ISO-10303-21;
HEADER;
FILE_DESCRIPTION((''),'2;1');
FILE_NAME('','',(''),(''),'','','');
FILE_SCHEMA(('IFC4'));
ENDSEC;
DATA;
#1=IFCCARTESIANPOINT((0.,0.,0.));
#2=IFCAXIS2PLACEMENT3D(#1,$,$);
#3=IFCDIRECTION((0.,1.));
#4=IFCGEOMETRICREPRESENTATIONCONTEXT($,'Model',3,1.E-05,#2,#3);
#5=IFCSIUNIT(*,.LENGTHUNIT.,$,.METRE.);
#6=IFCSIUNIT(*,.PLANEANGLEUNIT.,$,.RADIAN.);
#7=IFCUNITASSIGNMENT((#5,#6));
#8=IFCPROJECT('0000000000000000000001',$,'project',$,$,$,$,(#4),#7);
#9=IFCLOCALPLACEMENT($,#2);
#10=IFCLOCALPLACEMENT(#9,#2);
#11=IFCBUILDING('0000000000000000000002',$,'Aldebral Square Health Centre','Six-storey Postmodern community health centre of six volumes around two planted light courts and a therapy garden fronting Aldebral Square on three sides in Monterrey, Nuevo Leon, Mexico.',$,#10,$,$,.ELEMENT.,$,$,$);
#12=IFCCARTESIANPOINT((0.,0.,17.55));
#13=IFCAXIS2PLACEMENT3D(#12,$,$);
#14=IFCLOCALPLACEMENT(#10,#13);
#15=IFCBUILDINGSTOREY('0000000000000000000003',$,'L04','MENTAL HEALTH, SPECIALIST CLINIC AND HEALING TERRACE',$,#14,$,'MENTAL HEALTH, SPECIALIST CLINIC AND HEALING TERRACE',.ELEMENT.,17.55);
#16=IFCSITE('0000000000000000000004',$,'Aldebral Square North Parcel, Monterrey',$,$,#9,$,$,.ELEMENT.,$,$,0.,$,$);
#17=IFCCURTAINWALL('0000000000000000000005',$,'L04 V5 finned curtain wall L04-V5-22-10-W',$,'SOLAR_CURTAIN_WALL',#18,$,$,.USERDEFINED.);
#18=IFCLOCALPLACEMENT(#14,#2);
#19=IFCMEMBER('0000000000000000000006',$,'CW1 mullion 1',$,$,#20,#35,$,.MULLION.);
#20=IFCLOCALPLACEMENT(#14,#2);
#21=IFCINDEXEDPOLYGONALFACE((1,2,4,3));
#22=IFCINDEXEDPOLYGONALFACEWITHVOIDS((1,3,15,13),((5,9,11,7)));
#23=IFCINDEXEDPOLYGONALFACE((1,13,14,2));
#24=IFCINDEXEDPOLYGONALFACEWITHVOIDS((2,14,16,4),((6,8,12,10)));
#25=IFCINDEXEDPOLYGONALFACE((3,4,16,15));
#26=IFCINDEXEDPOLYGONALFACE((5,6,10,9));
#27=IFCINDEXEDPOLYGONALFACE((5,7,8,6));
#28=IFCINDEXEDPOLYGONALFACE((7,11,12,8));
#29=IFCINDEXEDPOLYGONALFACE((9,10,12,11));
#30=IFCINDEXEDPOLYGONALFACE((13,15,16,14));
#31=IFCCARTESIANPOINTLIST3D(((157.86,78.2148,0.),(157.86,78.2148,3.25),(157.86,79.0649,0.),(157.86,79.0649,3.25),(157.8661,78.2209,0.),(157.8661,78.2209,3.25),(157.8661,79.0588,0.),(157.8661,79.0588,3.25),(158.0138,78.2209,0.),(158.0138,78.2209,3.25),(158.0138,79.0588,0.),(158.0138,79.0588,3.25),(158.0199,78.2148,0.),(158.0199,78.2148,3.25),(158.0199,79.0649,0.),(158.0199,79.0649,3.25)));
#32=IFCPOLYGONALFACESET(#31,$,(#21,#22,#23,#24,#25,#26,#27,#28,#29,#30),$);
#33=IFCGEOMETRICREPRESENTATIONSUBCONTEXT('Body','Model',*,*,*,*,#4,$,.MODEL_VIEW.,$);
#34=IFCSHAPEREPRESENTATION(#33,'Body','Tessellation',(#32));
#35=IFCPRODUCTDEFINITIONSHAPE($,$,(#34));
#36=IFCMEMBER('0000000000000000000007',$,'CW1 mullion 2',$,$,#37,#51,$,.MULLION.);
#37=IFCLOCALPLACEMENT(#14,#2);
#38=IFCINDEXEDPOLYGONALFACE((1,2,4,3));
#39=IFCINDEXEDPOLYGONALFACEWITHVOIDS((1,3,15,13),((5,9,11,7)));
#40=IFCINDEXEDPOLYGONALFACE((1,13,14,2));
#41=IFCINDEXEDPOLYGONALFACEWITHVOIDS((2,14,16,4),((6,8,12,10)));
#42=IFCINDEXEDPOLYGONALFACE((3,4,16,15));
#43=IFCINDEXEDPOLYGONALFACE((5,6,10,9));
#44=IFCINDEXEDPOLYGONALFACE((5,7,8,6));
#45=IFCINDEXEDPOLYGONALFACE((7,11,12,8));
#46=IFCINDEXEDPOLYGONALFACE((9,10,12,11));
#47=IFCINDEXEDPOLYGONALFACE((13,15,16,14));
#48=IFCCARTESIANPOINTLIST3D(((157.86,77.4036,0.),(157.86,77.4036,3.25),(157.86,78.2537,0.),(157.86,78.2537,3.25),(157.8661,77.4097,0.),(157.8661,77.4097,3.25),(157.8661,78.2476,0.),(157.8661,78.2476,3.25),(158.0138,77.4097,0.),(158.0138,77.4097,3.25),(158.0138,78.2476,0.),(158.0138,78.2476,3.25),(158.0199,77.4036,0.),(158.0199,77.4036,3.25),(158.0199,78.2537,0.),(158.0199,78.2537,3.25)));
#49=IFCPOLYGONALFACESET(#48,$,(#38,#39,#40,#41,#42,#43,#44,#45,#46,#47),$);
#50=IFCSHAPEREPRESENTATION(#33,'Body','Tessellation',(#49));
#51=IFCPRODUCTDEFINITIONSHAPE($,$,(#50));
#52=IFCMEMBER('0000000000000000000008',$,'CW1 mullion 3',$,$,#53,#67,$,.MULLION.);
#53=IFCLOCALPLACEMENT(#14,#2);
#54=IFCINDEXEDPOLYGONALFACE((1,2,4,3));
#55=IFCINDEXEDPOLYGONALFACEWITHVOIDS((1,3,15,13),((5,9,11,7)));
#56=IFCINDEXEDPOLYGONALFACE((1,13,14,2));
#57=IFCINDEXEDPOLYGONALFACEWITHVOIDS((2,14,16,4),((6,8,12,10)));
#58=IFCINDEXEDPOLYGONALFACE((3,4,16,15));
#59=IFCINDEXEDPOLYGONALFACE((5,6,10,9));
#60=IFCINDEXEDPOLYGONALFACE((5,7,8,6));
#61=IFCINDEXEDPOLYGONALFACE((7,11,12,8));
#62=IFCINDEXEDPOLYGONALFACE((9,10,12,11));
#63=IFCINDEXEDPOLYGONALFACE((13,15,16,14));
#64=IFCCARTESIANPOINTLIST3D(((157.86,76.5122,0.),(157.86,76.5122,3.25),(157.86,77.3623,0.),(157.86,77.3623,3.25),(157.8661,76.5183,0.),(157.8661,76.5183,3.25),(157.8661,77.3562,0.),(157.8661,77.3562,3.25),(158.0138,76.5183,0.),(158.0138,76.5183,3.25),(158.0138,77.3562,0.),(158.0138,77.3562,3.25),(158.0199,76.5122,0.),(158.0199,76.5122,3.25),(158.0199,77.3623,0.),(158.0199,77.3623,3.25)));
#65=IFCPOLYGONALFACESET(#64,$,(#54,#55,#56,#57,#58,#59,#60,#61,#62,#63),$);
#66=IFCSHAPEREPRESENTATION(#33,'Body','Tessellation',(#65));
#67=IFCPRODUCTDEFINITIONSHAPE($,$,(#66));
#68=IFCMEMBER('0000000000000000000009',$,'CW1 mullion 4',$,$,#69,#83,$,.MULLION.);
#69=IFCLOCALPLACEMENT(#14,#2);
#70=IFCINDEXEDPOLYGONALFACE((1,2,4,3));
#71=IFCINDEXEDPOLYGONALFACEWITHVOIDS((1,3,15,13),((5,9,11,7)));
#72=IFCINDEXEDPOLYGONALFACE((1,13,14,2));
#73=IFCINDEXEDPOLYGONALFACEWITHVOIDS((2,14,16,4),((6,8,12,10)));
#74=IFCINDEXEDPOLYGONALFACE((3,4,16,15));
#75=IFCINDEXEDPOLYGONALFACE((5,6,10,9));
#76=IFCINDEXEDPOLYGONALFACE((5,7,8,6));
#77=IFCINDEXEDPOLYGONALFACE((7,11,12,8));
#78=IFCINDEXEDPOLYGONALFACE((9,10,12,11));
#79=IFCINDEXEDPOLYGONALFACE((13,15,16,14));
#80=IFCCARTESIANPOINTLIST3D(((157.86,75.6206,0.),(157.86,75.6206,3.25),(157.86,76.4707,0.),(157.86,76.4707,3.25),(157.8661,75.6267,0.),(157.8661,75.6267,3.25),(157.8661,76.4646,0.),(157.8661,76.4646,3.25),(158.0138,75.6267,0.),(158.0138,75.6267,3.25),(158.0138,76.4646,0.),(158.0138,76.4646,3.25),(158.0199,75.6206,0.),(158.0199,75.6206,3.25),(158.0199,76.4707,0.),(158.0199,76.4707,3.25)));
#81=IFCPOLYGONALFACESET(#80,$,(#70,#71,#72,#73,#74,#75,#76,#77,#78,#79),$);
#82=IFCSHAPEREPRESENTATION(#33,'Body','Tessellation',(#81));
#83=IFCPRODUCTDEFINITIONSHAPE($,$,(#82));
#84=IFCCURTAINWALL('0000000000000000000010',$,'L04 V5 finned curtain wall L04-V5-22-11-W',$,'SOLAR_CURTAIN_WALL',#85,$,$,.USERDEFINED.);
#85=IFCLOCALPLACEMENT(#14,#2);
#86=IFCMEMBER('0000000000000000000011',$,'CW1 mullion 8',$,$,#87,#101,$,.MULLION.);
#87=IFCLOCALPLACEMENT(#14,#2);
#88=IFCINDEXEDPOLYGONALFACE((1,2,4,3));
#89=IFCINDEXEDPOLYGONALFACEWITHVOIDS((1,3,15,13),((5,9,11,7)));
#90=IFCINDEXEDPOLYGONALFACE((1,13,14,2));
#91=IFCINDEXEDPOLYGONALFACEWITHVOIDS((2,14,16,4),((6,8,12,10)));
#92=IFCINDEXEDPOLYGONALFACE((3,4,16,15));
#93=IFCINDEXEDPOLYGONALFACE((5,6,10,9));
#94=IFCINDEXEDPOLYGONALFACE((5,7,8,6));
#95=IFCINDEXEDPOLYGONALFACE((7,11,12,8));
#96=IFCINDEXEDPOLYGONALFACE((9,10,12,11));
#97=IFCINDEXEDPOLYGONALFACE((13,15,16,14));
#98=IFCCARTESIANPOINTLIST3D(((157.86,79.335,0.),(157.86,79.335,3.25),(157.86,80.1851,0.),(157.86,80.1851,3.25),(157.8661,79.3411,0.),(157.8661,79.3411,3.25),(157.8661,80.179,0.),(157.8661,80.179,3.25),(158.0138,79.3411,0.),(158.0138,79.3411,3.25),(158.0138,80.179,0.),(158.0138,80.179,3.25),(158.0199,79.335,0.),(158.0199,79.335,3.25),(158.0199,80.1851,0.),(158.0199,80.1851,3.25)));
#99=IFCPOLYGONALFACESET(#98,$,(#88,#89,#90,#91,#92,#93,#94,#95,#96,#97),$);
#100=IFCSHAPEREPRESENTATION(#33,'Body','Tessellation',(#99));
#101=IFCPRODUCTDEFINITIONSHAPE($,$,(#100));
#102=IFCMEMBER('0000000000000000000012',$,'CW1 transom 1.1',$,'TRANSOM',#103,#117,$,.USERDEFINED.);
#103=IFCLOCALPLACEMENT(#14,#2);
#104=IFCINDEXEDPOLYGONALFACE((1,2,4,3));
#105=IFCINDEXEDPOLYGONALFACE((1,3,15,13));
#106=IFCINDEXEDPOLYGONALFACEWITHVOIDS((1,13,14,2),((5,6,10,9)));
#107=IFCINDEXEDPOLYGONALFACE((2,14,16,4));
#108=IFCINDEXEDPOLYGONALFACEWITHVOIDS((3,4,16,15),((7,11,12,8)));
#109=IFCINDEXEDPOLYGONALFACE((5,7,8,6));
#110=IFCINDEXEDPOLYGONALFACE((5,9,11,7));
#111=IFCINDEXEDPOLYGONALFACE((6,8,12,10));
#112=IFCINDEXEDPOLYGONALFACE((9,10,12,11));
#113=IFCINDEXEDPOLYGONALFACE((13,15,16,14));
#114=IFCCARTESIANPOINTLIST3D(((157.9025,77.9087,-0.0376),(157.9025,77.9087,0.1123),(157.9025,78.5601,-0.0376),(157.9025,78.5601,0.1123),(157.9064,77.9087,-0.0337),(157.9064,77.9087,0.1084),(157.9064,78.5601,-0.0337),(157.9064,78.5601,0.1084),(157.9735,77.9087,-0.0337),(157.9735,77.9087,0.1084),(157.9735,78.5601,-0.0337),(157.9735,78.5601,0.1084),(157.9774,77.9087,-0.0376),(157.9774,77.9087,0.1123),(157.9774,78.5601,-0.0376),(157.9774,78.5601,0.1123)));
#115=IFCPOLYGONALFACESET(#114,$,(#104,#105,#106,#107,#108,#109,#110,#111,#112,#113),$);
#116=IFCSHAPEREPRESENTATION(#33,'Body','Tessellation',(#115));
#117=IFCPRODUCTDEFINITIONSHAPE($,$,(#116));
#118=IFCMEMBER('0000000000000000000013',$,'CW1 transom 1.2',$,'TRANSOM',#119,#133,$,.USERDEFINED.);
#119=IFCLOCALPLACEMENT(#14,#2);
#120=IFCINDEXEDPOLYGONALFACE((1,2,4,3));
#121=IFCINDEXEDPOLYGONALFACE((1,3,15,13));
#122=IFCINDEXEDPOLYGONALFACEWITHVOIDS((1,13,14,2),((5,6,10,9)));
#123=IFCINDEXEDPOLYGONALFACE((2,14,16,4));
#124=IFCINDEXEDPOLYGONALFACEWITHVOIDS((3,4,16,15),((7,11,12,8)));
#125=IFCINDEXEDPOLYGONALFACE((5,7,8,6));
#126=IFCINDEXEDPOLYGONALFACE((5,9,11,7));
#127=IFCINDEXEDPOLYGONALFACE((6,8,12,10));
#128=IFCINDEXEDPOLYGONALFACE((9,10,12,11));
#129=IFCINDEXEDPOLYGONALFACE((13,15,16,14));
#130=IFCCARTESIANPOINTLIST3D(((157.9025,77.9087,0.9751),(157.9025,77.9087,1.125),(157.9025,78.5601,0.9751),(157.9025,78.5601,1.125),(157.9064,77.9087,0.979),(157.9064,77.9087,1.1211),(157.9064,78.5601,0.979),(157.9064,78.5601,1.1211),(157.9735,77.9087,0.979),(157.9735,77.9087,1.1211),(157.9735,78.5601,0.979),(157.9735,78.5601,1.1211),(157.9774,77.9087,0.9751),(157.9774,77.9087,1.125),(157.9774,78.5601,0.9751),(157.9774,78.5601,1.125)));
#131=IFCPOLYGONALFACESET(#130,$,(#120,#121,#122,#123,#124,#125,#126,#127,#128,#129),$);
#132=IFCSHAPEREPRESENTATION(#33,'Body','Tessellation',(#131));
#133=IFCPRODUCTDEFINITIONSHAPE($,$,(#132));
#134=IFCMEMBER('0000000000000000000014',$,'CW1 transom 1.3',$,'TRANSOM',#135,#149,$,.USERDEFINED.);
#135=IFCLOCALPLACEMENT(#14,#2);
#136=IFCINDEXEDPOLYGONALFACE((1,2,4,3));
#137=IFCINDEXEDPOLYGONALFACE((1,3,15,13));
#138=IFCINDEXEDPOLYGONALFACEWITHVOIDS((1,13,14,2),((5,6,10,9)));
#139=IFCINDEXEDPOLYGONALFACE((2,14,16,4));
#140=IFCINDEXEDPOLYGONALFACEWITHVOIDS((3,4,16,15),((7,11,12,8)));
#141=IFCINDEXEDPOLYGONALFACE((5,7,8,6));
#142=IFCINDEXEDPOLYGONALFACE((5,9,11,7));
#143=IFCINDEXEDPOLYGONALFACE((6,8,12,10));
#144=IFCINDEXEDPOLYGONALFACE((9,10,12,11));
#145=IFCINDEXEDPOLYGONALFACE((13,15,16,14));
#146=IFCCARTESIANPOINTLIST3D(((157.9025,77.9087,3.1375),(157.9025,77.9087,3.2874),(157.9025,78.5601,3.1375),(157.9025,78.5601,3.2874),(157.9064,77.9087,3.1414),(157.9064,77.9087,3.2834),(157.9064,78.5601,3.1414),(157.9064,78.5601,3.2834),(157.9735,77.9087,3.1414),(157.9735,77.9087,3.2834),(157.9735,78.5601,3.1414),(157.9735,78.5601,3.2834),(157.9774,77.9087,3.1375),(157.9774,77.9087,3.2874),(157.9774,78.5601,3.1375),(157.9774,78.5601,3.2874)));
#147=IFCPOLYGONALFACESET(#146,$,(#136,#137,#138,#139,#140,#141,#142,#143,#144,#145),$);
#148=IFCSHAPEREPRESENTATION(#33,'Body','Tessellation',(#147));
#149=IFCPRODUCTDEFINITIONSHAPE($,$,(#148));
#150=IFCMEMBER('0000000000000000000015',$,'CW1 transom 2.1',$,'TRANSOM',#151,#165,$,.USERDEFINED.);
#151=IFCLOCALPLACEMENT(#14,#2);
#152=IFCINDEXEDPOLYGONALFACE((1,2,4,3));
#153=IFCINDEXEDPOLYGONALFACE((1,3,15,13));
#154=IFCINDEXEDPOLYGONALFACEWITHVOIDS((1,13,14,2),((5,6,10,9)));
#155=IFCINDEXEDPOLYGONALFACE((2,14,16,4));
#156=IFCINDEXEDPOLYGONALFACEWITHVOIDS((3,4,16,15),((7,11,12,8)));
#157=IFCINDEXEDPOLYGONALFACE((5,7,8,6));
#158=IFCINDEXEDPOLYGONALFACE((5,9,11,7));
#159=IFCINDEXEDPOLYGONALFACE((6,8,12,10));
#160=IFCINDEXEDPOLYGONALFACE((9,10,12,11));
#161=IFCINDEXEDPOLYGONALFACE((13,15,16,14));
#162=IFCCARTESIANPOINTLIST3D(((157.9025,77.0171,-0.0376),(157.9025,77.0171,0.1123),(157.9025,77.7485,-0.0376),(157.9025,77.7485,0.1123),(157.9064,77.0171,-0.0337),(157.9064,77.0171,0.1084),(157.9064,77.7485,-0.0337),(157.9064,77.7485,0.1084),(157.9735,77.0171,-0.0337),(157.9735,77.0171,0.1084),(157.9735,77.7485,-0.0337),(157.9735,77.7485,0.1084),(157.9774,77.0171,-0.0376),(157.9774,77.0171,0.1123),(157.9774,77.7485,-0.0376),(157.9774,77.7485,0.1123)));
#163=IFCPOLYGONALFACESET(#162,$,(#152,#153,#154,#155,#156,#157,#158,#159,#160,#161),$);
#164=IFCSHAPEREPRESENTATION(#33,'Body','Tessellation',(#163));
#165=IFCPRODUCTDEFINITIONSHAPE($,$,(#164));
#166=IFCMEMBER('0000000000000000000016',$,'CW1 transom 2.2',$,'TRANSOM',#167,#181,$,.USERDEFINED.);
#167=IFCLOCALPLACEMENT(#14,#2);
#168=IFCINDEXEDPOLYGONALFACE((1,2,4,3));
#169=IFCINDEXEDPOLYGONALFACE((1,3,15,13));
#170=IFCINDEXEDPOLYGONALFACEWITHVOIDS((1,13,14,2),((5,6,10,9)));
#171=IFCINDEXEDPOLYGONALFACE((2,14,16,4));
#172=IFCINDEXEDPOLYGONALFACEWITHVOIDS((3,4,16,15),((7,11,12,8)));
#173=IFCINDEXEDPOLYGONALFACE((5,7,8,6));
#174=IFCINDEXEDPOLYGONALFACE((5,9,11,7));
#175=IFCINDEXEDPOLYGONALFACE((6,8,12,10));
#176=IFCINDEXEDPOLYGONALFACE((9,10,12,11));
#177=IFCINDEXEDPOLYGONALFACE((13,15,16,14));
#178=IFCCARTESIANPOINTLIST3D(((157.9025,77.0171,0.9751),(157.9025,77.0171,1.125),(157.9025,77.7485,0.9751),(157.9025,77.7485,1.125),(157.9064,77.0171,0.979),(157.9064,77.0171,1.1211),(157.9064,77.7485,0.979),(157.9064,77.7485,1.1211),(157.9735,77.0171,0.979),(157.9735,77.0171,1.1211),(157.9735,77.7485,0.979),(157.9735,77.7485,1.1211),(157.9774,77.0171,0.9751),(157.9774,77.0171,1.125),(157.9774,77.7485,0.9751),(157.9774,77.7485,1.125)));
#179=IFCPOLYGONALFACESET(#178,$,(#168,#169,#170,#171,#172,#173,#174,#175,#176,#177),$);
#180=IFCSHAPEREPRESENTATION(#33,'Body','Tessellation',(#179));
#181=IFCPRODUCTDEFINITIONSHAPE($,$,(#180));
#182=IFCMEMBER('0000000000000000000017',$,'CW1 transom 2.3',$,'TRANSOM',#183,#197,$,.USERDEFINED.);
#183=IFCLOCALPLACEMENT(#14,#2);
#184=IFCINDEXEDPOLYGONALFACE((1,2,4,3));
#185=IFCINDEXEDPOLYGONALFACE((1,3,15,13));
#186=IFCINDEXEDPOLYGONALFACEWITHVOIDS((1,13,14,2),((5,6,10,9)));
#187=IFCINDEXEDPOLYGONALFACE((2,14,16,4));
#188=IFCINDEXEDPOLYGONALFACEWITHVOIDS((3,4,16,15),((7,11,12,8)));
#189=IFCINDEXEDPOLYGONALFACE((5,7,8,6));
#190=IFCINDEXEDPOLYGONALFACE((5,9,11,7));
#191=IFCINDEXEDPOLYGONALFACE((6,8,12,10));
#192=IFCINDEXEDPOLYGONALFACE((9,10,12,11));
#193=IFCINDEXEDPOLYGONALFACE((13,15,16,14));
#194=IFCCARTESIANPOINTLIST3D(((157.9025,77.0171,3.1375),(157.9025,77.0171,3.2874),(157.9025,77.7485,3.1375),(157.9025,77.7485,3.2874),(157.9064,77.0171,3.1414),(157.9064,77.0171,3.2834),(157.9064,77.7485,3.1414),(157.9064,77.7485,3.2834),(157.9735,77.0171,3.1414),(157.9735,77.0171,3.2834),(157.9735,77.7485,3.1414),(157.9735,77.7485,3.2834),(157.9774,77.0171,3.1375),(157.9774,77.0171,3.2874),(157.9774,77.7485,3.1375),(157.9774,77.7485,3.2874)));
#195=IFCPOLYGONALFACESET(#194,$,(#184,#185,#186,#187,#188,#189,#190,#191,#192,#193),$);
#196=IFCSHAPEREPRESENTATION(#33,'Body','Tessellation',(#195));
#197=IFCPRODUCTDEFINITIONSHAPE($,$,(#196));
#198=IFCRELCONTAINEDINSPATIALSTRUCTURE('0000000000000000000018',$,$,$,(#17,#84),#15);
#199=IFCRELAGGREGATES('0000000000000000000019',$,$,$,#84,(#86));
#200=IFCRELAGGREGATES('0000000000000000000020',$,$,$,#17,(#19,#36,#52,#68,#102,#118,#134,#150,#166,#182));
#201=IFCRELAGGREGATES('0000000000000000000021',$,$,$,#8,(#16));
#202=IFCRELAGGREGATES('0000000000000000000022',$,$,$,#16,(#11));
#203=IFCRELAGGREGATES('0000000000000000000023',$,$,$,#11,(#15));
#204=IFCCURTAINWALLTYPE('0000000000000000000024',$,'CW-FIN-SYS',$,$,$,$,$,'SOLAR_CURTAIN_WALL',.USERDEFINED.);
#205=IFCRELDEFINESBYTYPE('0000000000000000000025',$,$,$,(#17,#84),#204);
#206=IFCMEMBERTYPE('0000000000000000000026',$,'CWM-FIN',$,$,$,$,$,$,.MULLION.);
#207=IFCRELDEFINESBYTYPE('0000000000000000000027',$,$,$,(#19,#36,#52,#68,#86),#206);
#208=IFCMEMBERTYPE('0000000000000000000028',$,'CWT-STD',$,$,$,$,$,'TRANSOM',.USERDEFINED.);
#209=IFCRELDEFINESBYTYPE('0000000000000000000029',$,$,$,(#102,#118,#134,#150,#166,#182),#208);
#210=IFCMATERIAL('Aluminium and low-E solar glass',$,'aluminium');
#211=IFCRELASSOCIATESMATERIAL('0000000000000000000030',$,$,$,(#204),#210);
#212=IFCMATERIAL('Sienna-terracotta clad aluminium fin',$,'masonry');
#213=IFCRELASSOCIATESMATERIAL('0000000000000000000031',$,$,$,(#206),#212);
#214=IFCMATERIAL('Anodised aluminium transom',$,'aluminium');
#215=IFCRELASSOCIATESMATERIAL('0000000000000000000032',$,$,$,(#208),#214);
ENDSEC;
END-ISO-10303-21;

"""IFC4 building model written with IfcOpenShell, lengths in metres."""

from ifc_helpers import new_model, si_unit, direction, frame, origin, origin_2d, place, context, subcontext, project, spatial, hollow_rectangle, extrude, material, material_profile, profile_set, type_object, element, aggregate, save


model = new_model("IFC4")

# Units and contexts
model_context = context("Model", 3, precision=1e-05, world=origin(), true_north=direction((0.0, 1.0)))
body_context = subcontext(model_context, "Body", "Model", "MODEL_VIEW")
ifc_project = project(units=[si_unit("LENGTHUNIT", "METRE"), si_unit("PLANEANGLEUNIT", "RADIAN")], contexts=[model_context])

# Site, building, storey
site_placement = place(None, origin())
site = spatial("IfcSite", under=ifc_project, at=site_placement, Name="Aldebral Square North Parcel, Monterrey", CompositionType="ELEMENT", RefElevation=0.0)
building_placement = place(site_placement, origin())
building = spatial("IfcBuilding", under=site, at=building_placement, Name="Aldebral Square Health Centre", Description="Six-storey Postmodern community health centre of six volumes around two planted light courts and a therapy garden fronting Aldebral Square on three sides in Monterrey, Nuevo Leon, Mexico.", CompositionType="ELEMENT")
storey_placement = place(building_placement, frame((0.0, 0.0, 17.55)))
storey = spatial("IfcBuildingStorey", under=building, at=storey_placement, Name="L04", Description="MENTAL HEALTH, SPECIALIST CLINIC AND HEALING TERRACE", LongName="MENTAL HEALTH, SPECIALIST CLINIC AND HEALING TERRACE", CompositionType="ELEMENT", Elevation=17.55)

# Curtain wall, members
ifc_material_1 = material(Name="Aluminium and low-E solar glass", Category="aluminium")
curtain_wall_type = type_object("IfcCurtainWallType", Name="CW-FIN-SYS", ElementType="SOLAR_CURTAIN_WALL", PredefinedType="USERDEFINED", material=ifc_material_1)
curtain_wall_1_placement = place(storey_placement, origin())
curtain_wall_1 = element("IfcCurtainWall", 1, at=curtain_wall_1_placement, inside=storey, type_object=curtain_wall_type, Name="L04 V5 finned curtain wall L04-V5-22-10-W", ObjectType="SOLAR_CURTAIN_WALL", PredefinedType="USERDEFINED")
ifc_material_2 = material(Name="Sienna-terracotta clad aluminium fin", Category="masonry")
ifc_material_profile_1 = material_profile(ifc_material_2, hollow_rectangle(XDim=0.1599, YDim=0.8501, WallThickness=0.0061, at=origin_2d()), Name="FIN 160x850x6")
ifc_profile_set_1 = profile_set([ifc_material_profile_1], Name="Sienna-terracotta clad aluminium fin")
member_type_1 = type_object("IfcMemberType", Name="CWM-FIN", PredefinedType="MULLION", material=ifc_profile_set_1)
member_1_placement = place(storey_placement, frame((157.9399, 78.6399, 0.0), z_axis=(0.0, 0.0, 1.0), x_axis=(1.0, 0.0, 0.0)))
member_1 = element("IfcMember", 2, at=member_1_placement, type_object=member_type_1, Name="CW1 mullion 1", PredefinedType="MULLION", context=body_context, shape_type="SweptSolid", body=[
    extrude(hollow_rectangle(XDim=0.1599, YDim=0.8501, WallThickness=0.0061, at=origin_2d()), origin(), (0.0, 0.0, 1.0), 3.25),
])
member_2_placement = place(storey_placement, frame((157.9399, 77.8286, 0.0), z_axis=(0.0, 0.0, 1.0), x_axis=(1.0, 0.0, 0.0)))
member_2 = element("IfcMember", 3, at=member_2_placement, type_object=member_type_1, Name="CW1 mullion 2", PredefinedType="MULLION", context=body_context, shape_type="SweptSolid", body=[
    extrude(hollow_rectangle(XDim=0.1599, YDim=0.8501, WallThickness=0.0061, at=origin_2d()), origin(), (0.0, 0.0, 1.0), 3.25),
])
member_3_placement = place(storey_placement, frame((157.9399, 76.9373, 0.0), z_axis=(0.0, 0.0, 1.0), x_axis=(1.0, 0.0, 0.0)))
member_3 = element("IfcMember", 4, at=member_3_placement, type_object=member_type_1, Name="CW1 mullion 3", PredefinedType="MULLION", context=body_context, shape_type="SweptSolid", body=[
    extrude(hollow_rectangle(XDim=0.1599, YDim=0.8501, WallThickness=0.0061, at=origin_2d()), origin(), (0.0, 0.0, 1.0), 3.25),
])
member_4_placement = place(storey_placement, frame((157.9399, 76.0457, 0.0), z_axis=(0.0, 0.0, 1.0), x_axis=(1.0, 0.0, 0.0)))
member_4 = element("IfcMember", 5, at=member_4_placement, type_object=member_type_1, Name="CW1 mullion 4", PredefinedType="MULLION", context=body_context, shape_type="SweptSolid", body=[
    extrude(hollow_rectangle(XDim=0.1599, YDim=0.8501, WallThickness=0.0061, at=origin_2d()), origin(), (0.0, 0.0, 1.0), 3.25),
])

# Curtain wall, member
curtain_wall_2_placement = place(storey_placement, origin())
curtain_wall_2 = element("IfcCurtainWall", 6, at=curtain_wall_2_placement, inside=storey, type_object=curtain_wall_type, Name="L04 V5 finned curtain wall L04-V5-22-11-W", ObjectType="SOLAR_CURTAIN_WALL", PredefinedType="USERDEFINED")
member_5_placement = place(storey_placement, frame((157.9399, 79.76, 0.0), z_axis=(0.0, 0.0, 1.0), x_axis=(1.0, 0.0, 0.0)))
member_5 = element("IfcMember", 7, at=member_5_placement, type_object=member_type_1, Name="CW1 mullion 8", PredefinedType="MULLION", context=body_context, shape_type="SweptSolid", body=[
    extrude(hollow_rectangle(XDim=0.1599, YDim=0.8501, WallThickness=0.0061, at=origin_2d()), origin(), (0.0, 0.0, 1.0), 3.25),
])
aggregate(curtain_wall_2, [member_5])

# Members
ifc_material_3 = material(Name="Anodised aluminium transom", Category="aluminium")
ifc_material_profile_2 = material_profile(ifc_material_3, hollow_rectangle(XDim=0.075, YDim=0.1499, WallThickness=0.0039, at=origin_2d()), Name="CWT 75x150x4")
ifc_profile_set_2 = profile_set([ifc_material_profile_2], Name="Anodised aluminium transom")
member_type_2 = type_object("IfcMemberType", Name="CWT-STD", ElementType="TRANSOM", PredefinedType="USERDEFINED", material=ifc_profile_set_2)
member_6_placement = place(storey_placement, frame((157.9399, 78.5601, 0.0374), z_axis=(0.0, -1.0, 0.0), x_axis=(1.0, 0.0, 0.0)))
member_6 = element("IfcMember", 8, at=member_6_placement, type_object=member_type_2, Name="CW1 transom 1.1", ObjectType="TRANSOM", PredefinedType="USERDEFINED", context=body_context, shape_type="SweptSolid", body=[
    extrude(hollow_rectangle(XDim=0.075, YDim=0.1499, WallThickness=0.0039, at=origin_2d()), origin(), (0.0, 0.0, 1.0), 0.6514),
])
member_7_placement = place(storey_placement, frame((157.9399, 78.5601, 1.05), z_axis=(0.0, -1.0, 0.0), x_axis=(1.0, 0.0, 0.0)))
member_7 = element("IfcMember", 9, at=member_7_placement, type_object=member_type_2, Name="CW1 transom 1.2", ObjectType="TRANSOM", PredefinedType="USERDEFINED", context=body_context, shape_type="SweptSolid", body=[
    extrude(hollow_rectangle(XDim=0.075, YDim=0.1499, WallThickness=0.0039, at=origin_2d()), origin(), (0.0, 0.0, 1.0), 0.6514),
])
member_8_placement = place(storey_placement, frame((157.9399, 78.5601, 3.2124), z_axis=(0.0, -1.0, 0.0), x_axis=(1.0, 0.0, 0.0)))
member_8 = element("IfcMember", 10, at=member_8_placement, type_object=member_type_2, Name="CW1 transom 1.3", ObjectType="TRANSOM", PredefinedType="USERDEFINED", context=body_context, shape_type="SweptSolid", body=[
    extrude(hollow_rectangle(XDim=0.075, YDim=0.1499, WallThickness=0.0039, at=origin_2d()), origin(), (0.0, 0.0, 1.0), 0.6514),
])
member_9_placement = place(storey_placement, frame((157.9399, 77.7485, 0.0374), z_axis=(0.0, -1.0, 0.0), x_axis=(1.0, 0.0, 0.0)))
member_9 = element("IfcMember", 11, at=member_9_placement, type_object=member_type_2, Name="CW1 transom 2.1", ObjectType="TRANSOM", PredefinedType="USERDEFINED", context=body_context, shape_type="SweptSolid", body=[
    extrude(hollow_rectangle(XDim=0.075, YDim=0.1499, WallThickness=0.0039, at=origin_2d()), origin(), (0.0, 0.0, 1.0), 0.7314),
])
member_10_placement = place(storey_placement, frame((157.9399, 77.7485, 1.05), z_axis=(0.0, -1.0, 0.0), x_axis=(1.0, 0.0, 0.0)))
member_10 = element("IfcMember", 12, at=member_10_placement, type_object=member_type_2, Name="CW1 transom 2.2", ObjectType="TRANSOM", PredefinedType="USERDEFINED", context=body_context, shape_type="SweptSolid", body=[
    extrude(hollow_rectangle(XDim=0.075, YDim=0.1499, WallThickness=0.0039, at=origin_2d()), origin(), (0.0, 0.0, 1.0), 0.7314),
])
member_11_placement = place(storey_placement, frame((157.9399, 77.7485, 3.2124), z_axis=(0.0, -1.0, 0.0), x_axis=(1.0, 0.0, 0.0)))
member_11 = element("IfcMember", 13, at=member_11_placement, type_object=member_type_2, Name="CW1 transom 2.3", ObjectType="TRANSOM", PredefinedType="USERDEFINED", context=body_context, shape_type="SweptSolid", body=[
    extrude(hollow_rectangle(XDim=0.075, YDim=0.1499, WallThickness=0.0039, at=origin_2d()), origin(), (0.0, 0.0, 1.0), 0.7314),
])

aggregate(curtain_wall_1, [member_1, member_2, member_3, member_4, member_6, member_7, member_8, member_9, member_10, member_11])

save(model, "model.ifc")
